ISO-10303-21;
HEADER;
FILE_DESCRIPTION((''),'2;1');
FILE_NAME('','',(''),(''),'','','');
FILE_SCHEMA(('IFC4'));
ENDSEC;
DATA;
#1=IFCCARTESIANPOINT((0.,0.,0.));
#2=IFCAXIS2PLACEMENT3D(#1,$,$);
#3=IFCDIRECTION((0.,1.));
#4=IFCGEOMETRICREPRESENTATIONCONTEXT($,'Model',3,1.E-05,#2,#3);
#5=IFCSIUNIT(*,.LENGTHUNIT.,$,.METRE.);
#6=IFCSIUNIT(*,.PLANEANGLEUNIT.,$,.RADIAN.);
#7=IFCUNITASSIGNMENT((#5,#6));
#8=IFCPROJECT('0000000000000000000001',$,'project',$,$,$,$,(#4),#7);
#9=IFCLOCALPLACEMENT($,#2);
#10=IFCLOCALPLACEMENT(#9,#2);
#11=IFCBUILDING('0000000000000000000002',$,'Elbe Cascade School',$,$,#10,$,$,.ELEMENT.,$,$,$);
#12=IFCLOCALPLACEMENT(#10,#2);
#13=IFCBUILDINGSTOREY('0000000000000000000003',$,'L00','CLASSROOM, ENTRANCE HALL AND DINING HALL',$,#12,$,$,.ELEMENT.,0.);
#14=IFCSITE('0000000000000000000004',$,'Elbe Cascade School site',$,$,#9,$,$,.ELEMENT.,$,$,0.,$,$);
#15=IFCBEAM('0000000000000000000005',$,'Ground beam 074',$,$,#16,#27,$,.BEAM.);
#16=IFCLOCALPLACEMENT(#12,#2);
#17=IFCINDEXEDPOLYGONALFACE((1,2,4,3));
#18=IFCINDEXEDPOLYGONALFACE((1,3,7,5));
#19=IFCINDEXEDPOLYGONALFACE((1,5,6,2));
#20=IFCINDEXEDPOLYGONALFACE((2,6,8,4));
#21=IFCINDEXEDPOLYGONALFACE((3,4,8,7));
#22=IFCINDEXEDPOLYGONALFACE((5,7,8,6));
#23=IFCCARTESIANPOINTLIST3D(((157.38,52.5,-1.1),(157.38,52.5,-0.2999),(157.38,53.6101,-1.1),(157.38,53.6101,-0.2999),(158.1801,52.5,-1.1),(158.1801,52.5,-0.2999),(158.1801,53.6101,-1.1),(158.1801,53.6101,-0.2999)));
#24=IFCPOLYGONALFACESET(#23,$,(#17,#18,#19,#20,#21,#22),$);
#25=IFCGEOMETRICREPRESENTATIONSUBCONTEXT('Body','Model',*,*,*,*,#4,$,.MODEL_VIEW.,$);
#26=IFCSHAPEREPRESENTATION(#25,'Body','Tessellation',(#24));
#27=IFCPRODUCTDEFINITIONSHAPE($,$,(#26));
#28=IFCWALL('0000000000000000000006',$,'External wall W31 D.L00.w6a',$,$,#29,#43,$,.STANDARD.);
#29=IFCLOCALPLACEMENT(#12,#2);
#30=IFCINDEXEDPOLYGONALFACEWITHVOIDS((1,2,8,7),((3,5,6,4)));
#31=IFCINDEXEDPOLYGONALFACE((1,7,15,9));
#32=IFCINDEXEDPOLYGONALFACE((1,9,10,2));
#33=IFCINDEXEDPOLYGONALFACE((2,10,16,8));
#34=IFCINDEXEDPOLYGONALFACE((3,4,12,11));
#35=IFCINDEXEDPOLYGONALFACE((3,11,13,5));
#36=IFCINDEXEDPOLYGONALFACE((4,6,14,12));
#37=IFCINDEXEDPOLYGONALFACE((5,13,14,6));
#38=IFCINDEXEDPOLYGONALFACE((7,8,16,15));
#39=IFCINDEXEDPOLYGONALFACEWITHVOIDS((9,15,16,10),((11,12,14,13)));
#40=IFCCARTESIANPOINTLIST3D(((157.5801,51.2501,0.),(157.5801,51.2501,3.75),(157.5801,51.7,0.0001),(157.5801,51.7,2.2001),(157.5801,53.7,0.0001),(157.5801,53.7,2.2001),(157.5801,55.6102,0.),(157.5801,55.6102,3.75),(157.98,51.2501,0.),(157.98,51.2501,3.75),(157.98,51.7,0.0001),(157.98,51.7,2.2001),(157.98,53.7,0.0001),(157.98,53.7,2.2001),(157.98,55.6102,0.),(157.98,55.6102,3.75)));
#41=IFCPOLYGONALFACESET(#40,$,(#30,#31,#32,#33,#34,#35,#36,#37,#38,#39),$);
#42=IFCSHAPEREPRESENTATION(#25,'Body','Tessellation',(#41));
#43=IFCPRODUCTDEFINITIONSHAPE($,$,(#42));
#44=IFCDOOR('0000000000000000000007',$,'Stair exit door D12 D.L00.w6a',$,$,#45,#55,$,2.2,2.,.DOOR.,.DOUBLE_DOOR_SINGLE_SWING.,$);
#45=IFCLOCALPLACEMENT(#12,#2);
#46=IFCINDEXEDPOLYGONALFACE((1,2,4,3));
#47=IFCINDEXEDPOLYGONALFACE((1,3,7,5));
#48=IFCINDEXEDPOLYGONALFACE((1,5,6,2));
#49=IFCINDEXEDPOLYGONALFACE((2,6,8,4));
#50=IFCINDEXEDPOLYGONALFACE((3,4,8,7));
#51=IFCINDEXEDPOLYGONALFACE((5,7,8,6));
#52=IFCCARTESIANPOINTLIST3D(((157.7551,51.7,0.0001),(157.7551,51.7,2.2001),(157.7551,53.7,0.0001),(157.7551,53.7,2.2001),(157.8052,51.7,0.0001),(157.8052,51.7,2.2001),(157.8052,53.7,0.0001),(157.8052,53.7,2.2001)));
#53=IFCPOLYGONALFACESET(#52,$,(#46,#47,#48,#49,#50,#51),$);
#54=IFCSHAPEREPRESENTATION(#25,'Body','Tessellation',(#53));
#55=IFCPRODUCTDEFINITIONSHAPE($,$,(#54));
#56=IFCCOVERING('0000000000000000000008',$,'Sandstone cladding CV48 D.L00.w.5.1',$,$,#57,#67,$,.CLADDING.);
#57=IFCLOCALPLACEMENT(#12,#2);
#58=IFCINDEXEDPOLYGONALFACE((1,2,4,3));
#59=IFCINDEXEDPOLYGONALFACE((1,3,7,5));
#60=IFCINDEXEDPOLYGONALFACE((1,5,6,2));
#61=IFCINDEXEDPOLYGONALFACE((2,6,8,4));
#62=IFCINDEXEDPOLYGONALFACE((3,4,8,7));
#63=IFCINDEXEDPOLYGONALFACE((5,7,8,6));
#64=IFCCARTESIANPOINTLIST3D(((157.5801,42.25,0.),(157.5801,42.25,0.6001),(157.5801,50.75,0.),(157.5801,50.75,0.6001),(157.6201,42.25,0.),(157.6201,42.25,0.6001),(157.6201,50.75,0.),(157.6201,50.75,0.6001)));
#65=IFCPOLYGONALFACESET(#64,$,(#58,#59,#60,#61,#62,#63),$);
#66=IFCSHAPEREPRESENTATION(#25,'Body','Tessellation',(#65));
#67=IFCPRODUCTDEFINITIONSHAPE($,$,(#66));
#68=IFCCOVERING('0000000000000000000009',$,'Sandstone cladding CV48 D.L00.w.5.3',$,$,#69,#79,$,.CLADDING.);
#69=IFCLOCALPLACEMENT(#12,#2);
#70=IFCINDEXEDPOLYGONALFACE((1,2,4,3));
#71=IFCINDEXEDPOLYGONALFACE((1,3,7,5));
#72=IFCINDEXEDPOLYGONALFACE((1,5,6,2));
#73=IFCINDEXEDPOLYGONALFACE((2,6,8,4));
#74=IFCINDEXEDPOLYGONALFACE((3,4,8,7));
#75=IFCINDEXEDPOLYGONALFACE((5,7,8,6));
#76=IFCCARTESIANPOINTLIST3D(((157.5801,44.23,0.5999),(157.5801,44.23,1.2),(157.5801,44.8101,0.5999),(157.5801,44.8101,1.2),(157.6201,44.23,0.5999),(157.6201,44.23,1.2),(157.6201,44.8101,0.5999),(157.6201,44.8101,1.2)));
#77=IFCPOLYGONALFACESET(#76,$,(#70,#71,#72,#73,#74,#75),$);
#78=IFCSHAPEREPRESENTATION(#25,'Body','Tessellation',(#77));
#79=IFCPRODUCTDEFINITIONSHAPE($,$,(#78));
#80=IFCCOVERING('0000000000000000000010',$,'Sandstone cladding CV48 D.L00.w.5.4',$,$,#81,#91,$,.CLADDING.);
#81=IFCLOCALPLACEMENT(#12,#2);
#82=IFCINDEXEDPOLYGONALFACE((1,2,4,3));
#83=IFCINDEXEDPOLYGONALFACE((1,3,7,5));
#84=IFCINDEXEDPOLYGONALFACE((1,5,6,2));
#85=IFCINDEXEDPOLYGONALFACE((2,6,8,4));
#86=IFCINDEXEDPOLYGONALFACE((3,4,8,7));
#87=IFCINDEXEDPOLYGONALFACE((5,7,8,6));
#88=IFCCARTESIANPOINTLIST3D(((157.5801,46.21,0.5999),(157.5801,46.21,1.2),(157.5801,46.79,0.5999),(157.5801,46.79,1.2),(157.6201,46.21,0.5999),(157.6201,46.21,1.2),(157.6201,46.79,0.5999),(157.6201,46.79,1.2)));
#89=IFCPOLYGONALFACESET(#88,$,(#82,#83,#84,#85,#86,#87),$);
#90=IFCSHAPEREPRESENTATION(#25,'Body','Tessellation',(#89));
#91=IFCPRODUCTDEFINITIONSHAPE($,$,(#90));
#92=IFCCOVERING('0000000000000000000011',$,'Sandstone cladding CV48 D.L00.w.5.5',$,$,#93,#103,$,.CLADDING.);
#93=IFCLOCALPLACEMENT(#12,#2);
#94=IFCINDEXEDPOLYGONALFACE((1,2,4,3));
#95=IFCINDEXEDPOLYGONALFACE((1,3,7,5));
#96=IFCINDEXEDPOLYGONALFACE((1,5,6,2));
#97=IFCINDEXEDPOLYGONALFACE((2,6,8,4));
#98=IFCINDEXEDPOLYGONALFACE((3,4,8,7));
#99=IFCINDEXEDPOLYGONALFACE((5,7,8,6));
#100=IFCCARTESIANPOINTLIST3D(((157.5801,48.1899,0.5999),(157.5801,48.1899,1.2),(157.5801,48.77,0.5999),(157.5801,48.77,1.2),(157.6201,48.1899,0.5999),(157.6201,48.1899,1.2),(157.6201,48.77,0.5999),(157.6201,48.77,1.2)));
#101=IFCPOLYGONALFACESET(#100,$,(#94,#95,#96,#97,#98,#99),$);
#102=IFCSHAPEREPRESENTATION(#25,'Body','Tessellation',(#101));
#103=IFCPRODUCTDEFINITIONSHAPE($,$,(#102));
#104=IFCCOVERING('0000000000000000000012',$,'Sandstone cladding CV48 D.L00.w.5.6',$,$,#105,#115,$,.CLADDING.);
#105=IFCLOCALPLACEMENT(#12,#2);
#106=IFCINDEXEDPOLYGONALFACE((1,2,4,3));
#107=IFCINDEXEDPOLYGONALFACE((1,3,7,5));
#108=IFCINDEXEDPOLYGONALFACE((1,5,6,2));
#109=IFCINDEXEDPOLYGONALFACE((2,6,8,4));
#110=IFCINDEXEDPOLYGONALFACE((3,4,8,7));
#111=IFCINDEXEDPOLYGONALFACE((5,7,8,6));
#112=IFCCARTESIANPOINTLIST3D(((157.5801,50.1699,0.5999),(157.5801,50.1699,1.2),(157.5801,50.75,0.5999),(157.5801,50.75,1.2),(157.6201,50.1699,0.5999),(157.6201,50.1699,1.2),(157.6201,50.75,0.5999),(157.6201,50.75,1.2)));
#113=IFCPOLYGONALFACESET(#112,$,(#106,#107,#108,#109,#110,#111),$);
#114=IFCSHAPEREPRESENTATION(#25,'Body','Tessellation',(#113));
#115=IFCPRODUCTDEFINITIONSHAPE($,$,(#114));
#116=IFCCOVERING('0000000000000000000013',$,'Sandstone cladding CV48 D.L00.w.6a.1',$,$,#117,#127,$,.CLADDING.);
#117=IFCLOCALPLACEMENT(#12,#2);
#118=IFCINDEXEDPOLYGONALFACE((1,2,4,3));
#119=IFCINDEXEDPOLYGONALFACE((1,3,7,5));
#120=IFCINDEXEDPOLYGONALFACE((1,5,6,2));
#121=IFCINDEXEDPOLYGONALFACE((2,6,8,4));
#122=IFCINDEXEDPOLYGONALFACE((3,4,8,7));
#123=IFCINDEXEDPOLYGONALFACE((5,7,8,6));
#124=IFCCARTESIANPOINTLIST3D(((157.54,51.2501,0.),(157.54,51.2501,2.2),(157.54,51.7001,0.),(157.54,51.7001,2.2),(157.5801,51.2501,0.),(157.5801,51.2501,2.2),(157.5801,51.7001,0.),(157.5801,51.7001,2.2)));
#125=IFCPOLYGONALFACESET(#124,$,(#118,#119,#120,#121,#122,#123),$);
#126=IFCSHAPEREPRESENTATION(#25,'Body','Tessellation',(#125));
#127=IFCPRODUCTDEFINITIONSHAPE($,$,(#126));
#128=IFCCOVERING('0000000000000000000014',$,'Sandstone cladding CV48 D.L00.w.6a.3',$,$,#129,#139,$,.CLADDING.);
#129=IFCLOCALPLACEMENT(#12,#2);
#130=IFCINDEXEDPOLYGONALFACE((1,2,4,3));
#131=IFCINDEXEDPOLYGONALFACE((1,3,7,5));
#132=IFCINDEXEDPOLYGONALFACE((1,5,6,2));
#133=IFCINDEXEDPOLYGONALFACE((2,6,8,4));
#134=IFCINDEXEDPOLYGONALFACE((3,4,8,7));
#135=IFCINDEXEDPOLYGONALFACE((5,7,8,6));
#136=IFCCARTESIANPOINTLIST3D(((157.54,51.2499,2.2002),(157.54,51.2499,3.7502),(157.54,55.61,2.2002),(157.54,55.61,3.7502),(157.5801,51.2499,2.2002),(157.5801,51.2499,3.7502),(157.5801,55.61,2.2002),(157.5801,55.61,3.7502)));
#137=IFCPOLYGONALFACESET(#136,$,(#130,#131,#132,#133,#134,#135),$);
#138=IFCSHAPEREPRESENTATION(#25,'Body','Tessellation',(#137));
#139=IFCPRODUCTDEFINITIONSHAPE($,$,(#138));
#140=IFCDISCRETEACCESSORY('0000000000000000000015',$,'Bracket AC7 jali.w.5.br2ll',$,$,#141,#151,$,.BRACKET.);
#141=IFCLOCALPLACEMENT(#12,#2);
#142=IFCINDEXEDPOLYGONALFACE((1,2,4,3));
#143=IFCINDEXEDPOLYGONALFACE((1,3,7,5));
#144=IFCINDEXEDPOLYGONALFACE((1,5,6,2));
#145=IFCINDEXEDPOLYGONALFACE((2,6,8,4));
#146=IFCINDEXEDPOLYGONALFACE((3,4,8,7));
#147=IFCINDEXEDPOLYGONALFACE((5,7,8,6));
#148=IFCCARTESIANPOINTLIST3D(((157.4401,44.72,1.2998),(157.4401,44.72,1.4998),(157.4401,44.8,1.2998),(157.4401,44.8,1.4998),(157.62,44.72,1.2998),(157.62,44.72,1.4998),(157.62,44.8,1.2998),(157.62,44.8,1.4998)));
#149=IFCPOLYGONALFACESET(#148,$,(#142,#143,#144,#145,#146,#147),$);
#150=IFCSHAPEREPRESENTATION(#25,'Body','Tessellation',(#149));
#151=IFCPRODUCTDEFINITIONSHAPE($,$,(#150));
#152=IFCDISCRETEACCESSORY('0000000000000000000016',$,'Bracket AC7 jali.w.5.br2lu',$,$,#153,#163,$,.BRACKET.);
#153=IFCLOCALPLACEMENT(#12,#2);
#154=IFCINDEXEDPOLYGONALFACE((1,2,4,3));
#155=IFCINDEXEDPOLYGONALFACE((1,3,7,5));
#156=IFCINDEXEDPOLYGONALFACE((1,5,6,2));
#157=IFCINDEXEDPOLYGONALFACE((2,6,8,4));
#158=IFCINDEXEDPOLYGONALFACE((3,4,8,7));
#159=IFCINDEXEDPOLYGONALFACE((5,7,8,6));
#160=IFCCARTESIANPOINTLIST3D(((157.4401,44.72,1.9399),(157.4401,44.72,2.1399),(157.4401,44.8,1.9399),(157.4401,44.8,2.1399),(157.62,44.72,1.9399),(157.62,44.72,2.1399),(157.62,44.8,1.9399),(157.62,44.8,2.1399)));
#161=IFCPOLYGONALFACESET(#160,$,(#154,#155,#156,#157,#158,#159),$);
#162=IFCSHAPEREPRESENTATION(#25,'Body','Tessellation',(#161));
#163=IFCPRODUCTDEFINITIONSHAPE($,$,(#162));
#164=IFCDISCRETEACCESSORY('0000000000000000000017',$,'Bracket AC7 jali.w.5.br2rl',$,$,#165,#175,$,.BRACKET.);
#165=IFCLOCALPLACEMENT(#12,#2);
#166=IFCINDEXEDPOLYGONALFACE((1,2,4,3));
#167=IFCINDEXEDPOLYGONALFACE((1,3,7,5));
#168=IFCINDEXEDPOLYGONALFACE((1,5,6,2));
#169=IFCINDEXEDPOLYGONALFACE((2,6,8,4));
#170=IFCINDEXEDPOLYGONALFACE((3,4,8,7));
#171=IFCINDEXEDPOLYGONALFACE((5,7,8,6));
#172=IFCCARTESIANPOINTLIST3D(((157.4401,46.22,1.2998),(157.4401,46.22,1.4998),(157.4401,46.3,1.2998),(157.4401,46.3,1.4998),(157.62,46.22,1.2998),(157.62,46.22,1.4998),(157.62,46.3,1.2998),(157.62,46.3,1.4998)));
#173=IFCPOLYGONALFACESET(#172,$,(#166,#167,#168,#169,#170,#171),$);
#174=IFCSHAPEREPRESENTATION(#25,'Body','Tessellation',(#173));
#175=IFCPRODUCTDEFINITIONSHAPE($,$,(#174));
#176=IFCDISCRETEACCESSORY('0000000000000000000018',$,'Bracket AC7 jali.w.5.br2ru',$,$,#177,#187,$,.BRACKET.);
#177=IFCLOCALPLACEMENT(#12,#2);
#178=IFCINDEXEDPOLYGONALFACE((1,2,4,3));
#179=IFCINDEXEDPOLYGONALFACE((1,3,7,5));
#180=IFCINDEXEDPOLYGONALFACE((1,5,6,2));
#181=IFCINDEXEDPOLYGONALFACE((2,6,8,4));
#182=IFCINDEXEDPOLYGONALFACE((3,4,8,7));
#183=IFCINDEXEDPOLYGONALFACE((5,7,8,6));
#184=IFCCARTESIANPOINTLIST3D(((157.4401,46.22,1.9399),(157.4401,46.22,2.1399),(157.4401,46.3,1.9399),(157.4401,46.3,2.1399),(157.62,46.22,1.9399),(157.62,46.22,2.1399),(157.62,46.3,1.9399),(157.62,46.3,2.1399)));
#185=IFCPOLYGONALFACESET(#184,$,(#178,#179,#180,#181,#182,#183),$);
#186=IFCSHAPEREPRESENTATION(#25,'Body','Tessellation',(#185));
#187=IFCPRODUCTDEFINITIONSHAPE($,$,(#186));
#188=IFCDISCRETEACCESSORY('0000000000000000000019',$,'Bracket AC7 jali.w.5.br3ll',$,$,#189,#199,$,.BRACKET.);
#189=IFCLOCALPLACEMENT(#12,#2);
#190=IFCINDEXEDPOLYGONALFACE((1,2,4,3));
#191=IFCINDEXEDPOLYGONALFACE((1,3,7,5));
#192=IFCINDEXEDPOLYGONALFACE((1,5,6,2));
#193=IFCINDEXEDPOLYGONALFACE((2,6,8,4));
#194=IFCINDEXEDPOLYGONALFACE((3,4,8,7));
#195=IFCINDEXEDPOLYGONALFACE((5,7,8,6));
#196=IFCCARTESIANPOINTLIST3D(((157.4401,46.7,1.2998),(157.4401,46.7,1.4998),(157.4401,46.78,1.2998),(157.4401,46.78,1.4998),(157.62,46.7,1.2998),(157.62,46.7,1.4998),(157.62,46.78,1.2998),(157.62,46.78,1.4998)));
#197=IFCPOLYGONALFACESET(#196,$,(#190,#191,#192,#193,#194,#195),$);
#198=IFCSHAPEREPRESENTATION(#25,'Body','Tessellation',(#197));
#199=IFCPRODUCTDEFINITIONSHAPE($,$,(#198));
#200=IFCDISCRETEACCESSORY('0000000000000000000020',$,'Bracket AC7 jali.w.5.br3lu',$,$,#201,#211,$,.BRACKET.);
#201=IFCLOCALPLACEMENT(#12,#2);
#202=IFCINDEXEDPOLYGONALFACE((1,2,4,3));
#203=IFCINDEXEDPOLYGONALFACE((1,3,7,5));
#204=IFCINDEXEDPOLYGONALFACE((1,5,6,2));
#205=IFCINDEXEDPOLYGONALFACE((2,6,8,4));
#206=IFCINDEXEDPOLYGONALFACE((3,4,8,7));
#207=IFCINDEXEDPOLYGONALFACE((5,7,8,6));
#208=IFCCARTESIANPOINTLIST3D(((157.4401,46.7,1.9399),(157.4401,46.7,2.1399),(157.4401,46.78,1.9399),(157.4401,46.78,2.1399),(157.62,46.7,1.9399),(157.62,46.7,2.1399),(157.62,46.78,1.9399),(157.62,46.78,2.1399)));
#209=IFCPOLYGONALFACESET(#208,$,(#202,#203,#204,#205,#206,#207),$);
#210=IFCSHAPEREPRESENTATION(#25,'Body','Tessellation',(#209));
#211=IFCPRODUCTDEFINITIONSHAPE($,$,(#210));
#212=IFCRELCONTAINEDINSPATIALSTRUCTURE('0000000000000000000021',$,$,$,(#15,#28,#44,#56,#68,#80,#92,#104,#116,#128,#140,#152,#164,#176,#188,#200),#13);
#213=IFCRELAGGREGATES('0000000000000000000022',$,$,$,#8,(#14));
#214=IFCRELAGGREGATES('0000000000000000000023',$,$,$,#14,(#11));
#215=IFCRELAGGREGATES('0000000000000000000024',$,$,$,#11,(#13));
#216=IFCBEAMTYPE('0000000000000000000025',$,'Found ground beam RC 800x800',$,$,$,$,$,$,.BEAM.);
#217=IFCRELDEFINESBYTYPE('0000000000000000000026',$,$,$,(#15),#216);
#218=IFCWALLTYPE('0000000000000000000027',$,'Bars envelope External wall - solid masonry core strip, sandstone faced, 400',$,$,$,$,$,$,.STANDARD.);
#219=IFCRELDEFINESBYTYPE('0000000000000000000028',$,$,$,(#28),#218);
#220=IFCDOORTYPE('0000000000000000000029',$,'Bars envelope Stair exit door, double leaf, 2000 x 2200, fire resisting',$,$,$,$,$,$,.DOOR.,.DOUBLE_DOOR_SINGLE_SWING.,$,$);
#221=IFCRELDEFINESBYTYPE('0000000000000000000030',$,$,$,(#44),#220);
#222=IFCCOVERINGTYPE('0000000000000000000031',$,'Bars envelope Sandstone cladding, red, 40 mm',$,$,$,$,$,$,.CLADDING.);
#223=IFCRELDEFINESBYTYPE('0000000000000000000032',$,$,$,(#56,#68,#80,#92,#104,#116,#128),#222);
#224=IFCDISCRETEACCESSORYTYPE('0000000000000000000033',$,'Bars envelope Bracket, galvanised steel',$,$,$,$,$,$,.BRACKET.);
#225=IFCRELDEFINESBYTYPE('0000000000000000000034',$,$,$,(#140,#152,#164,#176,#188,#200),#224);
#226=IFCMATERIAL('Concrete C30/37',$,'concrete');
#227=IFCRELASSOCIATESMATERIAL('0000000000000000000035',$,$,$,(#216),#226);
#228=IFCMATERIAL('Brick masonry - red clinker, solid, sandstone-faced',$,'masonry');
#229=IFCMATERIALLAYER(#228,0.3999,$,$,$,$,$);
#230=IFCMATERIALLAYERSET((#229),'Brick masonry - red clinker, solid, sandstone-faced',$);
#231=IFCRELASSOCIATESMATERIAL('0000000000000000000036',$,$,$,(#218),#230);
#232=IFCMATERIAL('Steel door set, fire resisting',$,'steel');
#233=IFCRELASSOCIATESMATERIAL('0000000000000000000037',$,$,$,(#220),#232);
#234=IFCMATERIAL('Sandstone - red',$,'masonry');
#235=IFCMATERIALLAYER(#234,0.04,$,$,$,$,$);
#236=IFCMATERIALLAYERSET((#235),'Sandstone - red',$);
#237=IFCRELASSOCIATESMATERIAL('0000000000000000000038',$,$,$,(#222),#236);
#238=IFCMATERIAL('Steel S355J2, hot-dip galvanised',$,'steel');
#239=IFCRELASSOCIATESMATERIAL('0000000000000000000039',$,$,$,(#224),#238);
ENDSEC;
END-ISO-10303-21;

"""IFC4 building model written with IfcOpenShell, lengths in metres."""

from ifc_helpers import new_model, si_unit, direction, frame, frame_2d, origin, origin_2d, place, context, subcontext, project, spatial, rectangle, extrude, material, layer, layer_set, material_profile, profile_set, type_object, element, fill, save


model = new_model("IFC4")

# Units and contexts
model_context = context("Model", 3, precision=1e-05, world=origin(), true_north=direction((0.0, 1.0)))
body_context = subcontext(model_context, "Body", "Model", "MODEL_VIEW")
ifc_project = project(units=[si_unit("LENGTHUNIT", "METRE"), si_unit("PLANEANGLEUNIT", "RADIAN")], contexts=[model_context])

# Site, building, storey
site_placement = place(None, origin())
site = spatial("IfcSite", under=ifc_project, at=site_placement, Name="Elbe Cascade School site", CompositionType="ELEMENT", RefElevation=0.0)
building_placement = place(site_placement, origin())
building = spatial("IfcBuilding", under=site, at=building_placement, Name="Elbe Cascade School", CompositionType="ELEMENT")
storey_placement = place(building_placement, origin())
storey = spatial("IfcBuildingStorey", under=building, at=storey_placement, Name="L00", Description="CLASSROOM, ENTRANCE HALL AND DINING HALL", CompositionType="ELEMENT", Elevation=0.0)

# Beam
ifc_material_1 = material(Name="Concrete C30/37", Category="concrete")
ifc_material_profile = material_profile(ifc_material_1, rectangle(XDim=0.8, YDim=0.8, at=origin_2d()), Name="RC 800x800")
ifc_profile_set = profile_set([ifc_material_profile], Name="Concrete C30/37")
beam_type = type_object("IfcBeamType", Name="Found ground beam RC 800x800", PredefinedType="BEAM", material=ifc_profile_set)
beam_placement = place(storey_placement, frame((157.78, 52.5, -0.7), z_axis=(0.0, 1.0, 0.0), x_axis=(-1.0, 0.0, 0.0)))
element("IfcBeam", 1, at=beam_placement, inside=storey, type_object=beam_type, Name="Ground beam 074", PredefinedType="BEAM", context=body_context, shape_type="SweptSolid", body=[
    extrude(rectangle(XDim=0.8, YDim=0.8, at=origin_2d()), origin(), (0.0, 0.0, 1.0), 1.1101),
])

# Wall, opening, door
ifc_material_2 = material(Name="Brick masonry - red clinker, solid, sandstone-faced", Category="masonry")
ifc_layer_1 = layer(ifc_material_2, 0.3999)
ifc_layer_set_1 = layer_set([ifc_layer_1], Name="Brick masonry - red clinker, solid, sandstone-faced")
wall_type = type_object("IfcWallType", Name="Bars envelope External wall - solid masonry core strip, sandstone faced, 400", PredefinedType="STANDARD", material=ifc_layer_set_1)
wall_placement = place(storey_placement, frame((157.78, 51.25, 0.0), z_axis=(0.0, 0.0, 1.0), x_axis=(0.0, 1.0, 0.0)))
wall = element("IfcWall", 2, at=wall_placement, inside=storey, type_object=wall_type, Name="External wall W31 D.L00.w6a", PredefinedType="STANDARD", context=body_context, shape_type="SweptSolid", body=[
    extrude(rectangle(XDim=4.3601, YDim=0.3999, at=frame_2d((2.1802, 0.0))), origin(), (0.0, 0.0, 1.0), 3.75),
])
opening_placement = place(wall_placement, frame((0.45, 0.0, 0.0)))
opening = element("IfcOpeningElement", 3, at=opening_placement, cuts=wall, PredefinedType="OPENING", context=body_context, shape_type="SweptSolid", body=[
    extrude(rectangle(XDim=2.0, YDim=2.2, at=frame_2d((1.0, 1.1001))), frame((0.0, 0.21, 0.0), z_axis=(0.0, -1.0, 0.0), x_axis=(1.0, 0.0, 0.0)), (0.0, 0.0, 1.0), 0.4199),
])
ifc_material_3 = material(Name="Steel door set, fire resisting", Category="steel")
door_type = type_object("IfcDoorType", Name="Bars envelope Stair exit door, double leaf, 2000 x 2200, fire resisting", OperationType="DOUBLE_DOOR_SINGLE_SWING", PredefinedType="DOOR", material=ifc_material_3)
door_placement = place(opening_placement, origin())
door = element("IfcDoor", 4, at=door_placement, inside=storey, type_object=door_type, Name="Stair exit door D12 D.L00.w6a", OperationType="DOUBLE_DOOR_SINGLE_SWING", OverallHeight=2.2, OverallWidth=2.0, PredefinedType="DOOR", context=body_context, shape_type="SweptSolid", body=[
    extrude(rectangle(XDim=2.0, YDim=2.2, at=frame_2d((1.0, 1.1001))), frame((0.0, 0.0249, 0.0), z_axis=(0.0, -1.0, 0.0), x_axis=(1.0, 0.0, 0.0)), (0.0, 0.0, 1.0), 0.05),
])
fill(opening, door)

# Coverings
ifc_material_4 = material(Name="Sandstone - red", Category="masonry")
ifc_layer_2 = layer(ifc_material_4, 0.04)
ifc_layer_set_2 = layer_set([ifc_layer_2], Name="Sandstone - red")
covering_type = type_object("IfcCoveringType", Name="Bars envelope Sandstone cladding, red, 40 mm", PredefinedType="CLADDING", material=ifc_layer_set_2)
covering_1_placement = place(storey_placement, frame((157.6001, 46.5, 0.0), z_axis=(0.0, 0.0, 1.0), x_axis=(0.0, 1.0, 0.0)))
element("IfcCovering", 5, at=covering_1_placement, inside=storey, type_object=covering_type, Name="Sandstone cladding CV48 D.L00.w.5.1", PredefinedType="CLADDING", context=body_context, shape_type="SweptSolid", body=[
    extrude(rectangle(XDim=8.5, YDim=0.04, at=origin_2d()), origin(), (0.0, 0.0, 1.0), 0.6001),
])
for number, where, z_axis, x_axis, name in (
    (6, (157.6001, 44.52, 0.5999), (0.0, 0.0, 1.0), (0.0, 1.0, 0.0), "Sandstone cladding CV48 D.L00.w.5.3"),
    (7, (157.6001, 46.5, 0.5999), (0.0, 0.0, 1.0), (0.0, 1.0, 0.0), "Sandstone cladding CV48 D.L00.w.5.4"),
    (8, (157.6001, 48.48, 0.5999), (0.0, 0.0, 1.0), (0.0, 1.0, 0.0), "Sandstone cladding CV48 D.L00.w.5.5"),
    (9, (157.6001, 50.46, 0.5999), (0.0, 0.0, 1.0), (0.0, 1.0, 0.0), "Sandstone cladding CV48 D.L00.w.5.6"),
):
    element("IfcCovering", number, at=place(storey_placement, frame(where, z_axis=z_axis, x_axis=x_axis)), inside=storey, type_object=covering_type, Name=name, PredefinedType="CLADDING", context=body_context, shape_type="SweptSolid", body=[
        extrude(rectangle(XDim=0.5801, YDim=0.04, at=origin_2d()), origin(), (0.0, 0.0, 1.0), 0.6001),
    ])
covering_2_placement = place(storey_placement, frame((157.5601, 51.4751, 0.0), z_axis=(0.0, 0.0, 1.0), x_axis=(0.0, 1.0, 0.0)))
element("IfcCovering", 10, at=covering_2_placement, inside=storey, type_object=covering_type, Name="Sandstone cladding CV48 D.L00.w.6a.1", PredefinedType="CLADDING", context=body_context, shape_type="SweptSolid", body=[
    extrude(rectangle(XDim=0.45, YDim=0.04, at=origin_2d()), origin(), (0.0, 0.0, 1.0), 2.2),
])
covering_3_placement = place(storey_placement, frame((157.5601, 53.4299, 2.2002), z_axis=(0.0, 0.0, 1.0), x_axis=(0.0, 1.0, 0.0)))
element("IfcCovering", 11, at=covering_3_placement, inside=storey, type_object=covering_type, Name="Sandstone cladding CV48 D.L00.w.6a.3", PredefinedType="CLADDING", context=body_context, shape_type="SweptSolid", body=[
    extrude(rectangle(XDim=4.3601, YDim=0.04, at=origin_2d()), origin(), (0.0, 0.0, 1.0), 1.55),
])

# Discrete accessories
ifc_material_5 = material(Name="Steel S355J2, hot-dip galvanised", Category="steel")
discrete_accessory_type = type_object("IfcDiscreteAccessoryType", Name="Bars envelope Bracket, galvanised steel", PredefinedType="BRACKET", material=ifc_material_5)
for number, where, z_axis, x_axis, name in (
    (12, (157.53, 44.76, 1.2998), (0.0, 0.0, 1.0), (0.0, 1.0, 0.0), "Bracket AC7 jali.w.5.br2ll"),
    (13, (157.53, 44.76, 1.9399), (0.0, 0.0, 1.0), (0.0, 1.0, 0.0), "Bracket AC7 jali.w.5.br2lu"),
    (14, (157.53, 46.26, 1.2998), (0.0, 0.0, 1.0), (0.0, 1.0, 0.0), "Bracket AC7 jali.w.5.br2rl"),
    (15, (157.53, 46.26, 1.9399), (0.0, 0.0, 1.0), (0.0, 1.0, 0.0), "Bracket AC7 jali.w.5.br2ru"),
    (16, (157.53, 46.74, 1.2998), (0.0, 0.0, 1.0), (0.0, 1.0, 0.0), "Bracket AC7 jali.w.5.br3ll"),
    (17, (157.53, 46.74, 1.9399), (0.0, 0.0, 1.0), (0.0, 1.0, 0.0), "Bracket AC7 jali.w.5.br3lu"),
):
    element("IfcDiscreteAccessory", number, at=place(storey_placement, frame(where, z_axis=z_axis, x_axis=x_axis)), inside=storey, type_object=discrete_accessory_type, Name=name, PredefinedType="BRACKET", context=body_context, shape_type="SweptSolid", body=[
        extrude(rectangle(XDim=0.0801, YDim=0.1799, at=origin_2d()), origin(), (0.0, 0.0, 1.0), 0.2),
    ])

save(model, "model.ifc")
